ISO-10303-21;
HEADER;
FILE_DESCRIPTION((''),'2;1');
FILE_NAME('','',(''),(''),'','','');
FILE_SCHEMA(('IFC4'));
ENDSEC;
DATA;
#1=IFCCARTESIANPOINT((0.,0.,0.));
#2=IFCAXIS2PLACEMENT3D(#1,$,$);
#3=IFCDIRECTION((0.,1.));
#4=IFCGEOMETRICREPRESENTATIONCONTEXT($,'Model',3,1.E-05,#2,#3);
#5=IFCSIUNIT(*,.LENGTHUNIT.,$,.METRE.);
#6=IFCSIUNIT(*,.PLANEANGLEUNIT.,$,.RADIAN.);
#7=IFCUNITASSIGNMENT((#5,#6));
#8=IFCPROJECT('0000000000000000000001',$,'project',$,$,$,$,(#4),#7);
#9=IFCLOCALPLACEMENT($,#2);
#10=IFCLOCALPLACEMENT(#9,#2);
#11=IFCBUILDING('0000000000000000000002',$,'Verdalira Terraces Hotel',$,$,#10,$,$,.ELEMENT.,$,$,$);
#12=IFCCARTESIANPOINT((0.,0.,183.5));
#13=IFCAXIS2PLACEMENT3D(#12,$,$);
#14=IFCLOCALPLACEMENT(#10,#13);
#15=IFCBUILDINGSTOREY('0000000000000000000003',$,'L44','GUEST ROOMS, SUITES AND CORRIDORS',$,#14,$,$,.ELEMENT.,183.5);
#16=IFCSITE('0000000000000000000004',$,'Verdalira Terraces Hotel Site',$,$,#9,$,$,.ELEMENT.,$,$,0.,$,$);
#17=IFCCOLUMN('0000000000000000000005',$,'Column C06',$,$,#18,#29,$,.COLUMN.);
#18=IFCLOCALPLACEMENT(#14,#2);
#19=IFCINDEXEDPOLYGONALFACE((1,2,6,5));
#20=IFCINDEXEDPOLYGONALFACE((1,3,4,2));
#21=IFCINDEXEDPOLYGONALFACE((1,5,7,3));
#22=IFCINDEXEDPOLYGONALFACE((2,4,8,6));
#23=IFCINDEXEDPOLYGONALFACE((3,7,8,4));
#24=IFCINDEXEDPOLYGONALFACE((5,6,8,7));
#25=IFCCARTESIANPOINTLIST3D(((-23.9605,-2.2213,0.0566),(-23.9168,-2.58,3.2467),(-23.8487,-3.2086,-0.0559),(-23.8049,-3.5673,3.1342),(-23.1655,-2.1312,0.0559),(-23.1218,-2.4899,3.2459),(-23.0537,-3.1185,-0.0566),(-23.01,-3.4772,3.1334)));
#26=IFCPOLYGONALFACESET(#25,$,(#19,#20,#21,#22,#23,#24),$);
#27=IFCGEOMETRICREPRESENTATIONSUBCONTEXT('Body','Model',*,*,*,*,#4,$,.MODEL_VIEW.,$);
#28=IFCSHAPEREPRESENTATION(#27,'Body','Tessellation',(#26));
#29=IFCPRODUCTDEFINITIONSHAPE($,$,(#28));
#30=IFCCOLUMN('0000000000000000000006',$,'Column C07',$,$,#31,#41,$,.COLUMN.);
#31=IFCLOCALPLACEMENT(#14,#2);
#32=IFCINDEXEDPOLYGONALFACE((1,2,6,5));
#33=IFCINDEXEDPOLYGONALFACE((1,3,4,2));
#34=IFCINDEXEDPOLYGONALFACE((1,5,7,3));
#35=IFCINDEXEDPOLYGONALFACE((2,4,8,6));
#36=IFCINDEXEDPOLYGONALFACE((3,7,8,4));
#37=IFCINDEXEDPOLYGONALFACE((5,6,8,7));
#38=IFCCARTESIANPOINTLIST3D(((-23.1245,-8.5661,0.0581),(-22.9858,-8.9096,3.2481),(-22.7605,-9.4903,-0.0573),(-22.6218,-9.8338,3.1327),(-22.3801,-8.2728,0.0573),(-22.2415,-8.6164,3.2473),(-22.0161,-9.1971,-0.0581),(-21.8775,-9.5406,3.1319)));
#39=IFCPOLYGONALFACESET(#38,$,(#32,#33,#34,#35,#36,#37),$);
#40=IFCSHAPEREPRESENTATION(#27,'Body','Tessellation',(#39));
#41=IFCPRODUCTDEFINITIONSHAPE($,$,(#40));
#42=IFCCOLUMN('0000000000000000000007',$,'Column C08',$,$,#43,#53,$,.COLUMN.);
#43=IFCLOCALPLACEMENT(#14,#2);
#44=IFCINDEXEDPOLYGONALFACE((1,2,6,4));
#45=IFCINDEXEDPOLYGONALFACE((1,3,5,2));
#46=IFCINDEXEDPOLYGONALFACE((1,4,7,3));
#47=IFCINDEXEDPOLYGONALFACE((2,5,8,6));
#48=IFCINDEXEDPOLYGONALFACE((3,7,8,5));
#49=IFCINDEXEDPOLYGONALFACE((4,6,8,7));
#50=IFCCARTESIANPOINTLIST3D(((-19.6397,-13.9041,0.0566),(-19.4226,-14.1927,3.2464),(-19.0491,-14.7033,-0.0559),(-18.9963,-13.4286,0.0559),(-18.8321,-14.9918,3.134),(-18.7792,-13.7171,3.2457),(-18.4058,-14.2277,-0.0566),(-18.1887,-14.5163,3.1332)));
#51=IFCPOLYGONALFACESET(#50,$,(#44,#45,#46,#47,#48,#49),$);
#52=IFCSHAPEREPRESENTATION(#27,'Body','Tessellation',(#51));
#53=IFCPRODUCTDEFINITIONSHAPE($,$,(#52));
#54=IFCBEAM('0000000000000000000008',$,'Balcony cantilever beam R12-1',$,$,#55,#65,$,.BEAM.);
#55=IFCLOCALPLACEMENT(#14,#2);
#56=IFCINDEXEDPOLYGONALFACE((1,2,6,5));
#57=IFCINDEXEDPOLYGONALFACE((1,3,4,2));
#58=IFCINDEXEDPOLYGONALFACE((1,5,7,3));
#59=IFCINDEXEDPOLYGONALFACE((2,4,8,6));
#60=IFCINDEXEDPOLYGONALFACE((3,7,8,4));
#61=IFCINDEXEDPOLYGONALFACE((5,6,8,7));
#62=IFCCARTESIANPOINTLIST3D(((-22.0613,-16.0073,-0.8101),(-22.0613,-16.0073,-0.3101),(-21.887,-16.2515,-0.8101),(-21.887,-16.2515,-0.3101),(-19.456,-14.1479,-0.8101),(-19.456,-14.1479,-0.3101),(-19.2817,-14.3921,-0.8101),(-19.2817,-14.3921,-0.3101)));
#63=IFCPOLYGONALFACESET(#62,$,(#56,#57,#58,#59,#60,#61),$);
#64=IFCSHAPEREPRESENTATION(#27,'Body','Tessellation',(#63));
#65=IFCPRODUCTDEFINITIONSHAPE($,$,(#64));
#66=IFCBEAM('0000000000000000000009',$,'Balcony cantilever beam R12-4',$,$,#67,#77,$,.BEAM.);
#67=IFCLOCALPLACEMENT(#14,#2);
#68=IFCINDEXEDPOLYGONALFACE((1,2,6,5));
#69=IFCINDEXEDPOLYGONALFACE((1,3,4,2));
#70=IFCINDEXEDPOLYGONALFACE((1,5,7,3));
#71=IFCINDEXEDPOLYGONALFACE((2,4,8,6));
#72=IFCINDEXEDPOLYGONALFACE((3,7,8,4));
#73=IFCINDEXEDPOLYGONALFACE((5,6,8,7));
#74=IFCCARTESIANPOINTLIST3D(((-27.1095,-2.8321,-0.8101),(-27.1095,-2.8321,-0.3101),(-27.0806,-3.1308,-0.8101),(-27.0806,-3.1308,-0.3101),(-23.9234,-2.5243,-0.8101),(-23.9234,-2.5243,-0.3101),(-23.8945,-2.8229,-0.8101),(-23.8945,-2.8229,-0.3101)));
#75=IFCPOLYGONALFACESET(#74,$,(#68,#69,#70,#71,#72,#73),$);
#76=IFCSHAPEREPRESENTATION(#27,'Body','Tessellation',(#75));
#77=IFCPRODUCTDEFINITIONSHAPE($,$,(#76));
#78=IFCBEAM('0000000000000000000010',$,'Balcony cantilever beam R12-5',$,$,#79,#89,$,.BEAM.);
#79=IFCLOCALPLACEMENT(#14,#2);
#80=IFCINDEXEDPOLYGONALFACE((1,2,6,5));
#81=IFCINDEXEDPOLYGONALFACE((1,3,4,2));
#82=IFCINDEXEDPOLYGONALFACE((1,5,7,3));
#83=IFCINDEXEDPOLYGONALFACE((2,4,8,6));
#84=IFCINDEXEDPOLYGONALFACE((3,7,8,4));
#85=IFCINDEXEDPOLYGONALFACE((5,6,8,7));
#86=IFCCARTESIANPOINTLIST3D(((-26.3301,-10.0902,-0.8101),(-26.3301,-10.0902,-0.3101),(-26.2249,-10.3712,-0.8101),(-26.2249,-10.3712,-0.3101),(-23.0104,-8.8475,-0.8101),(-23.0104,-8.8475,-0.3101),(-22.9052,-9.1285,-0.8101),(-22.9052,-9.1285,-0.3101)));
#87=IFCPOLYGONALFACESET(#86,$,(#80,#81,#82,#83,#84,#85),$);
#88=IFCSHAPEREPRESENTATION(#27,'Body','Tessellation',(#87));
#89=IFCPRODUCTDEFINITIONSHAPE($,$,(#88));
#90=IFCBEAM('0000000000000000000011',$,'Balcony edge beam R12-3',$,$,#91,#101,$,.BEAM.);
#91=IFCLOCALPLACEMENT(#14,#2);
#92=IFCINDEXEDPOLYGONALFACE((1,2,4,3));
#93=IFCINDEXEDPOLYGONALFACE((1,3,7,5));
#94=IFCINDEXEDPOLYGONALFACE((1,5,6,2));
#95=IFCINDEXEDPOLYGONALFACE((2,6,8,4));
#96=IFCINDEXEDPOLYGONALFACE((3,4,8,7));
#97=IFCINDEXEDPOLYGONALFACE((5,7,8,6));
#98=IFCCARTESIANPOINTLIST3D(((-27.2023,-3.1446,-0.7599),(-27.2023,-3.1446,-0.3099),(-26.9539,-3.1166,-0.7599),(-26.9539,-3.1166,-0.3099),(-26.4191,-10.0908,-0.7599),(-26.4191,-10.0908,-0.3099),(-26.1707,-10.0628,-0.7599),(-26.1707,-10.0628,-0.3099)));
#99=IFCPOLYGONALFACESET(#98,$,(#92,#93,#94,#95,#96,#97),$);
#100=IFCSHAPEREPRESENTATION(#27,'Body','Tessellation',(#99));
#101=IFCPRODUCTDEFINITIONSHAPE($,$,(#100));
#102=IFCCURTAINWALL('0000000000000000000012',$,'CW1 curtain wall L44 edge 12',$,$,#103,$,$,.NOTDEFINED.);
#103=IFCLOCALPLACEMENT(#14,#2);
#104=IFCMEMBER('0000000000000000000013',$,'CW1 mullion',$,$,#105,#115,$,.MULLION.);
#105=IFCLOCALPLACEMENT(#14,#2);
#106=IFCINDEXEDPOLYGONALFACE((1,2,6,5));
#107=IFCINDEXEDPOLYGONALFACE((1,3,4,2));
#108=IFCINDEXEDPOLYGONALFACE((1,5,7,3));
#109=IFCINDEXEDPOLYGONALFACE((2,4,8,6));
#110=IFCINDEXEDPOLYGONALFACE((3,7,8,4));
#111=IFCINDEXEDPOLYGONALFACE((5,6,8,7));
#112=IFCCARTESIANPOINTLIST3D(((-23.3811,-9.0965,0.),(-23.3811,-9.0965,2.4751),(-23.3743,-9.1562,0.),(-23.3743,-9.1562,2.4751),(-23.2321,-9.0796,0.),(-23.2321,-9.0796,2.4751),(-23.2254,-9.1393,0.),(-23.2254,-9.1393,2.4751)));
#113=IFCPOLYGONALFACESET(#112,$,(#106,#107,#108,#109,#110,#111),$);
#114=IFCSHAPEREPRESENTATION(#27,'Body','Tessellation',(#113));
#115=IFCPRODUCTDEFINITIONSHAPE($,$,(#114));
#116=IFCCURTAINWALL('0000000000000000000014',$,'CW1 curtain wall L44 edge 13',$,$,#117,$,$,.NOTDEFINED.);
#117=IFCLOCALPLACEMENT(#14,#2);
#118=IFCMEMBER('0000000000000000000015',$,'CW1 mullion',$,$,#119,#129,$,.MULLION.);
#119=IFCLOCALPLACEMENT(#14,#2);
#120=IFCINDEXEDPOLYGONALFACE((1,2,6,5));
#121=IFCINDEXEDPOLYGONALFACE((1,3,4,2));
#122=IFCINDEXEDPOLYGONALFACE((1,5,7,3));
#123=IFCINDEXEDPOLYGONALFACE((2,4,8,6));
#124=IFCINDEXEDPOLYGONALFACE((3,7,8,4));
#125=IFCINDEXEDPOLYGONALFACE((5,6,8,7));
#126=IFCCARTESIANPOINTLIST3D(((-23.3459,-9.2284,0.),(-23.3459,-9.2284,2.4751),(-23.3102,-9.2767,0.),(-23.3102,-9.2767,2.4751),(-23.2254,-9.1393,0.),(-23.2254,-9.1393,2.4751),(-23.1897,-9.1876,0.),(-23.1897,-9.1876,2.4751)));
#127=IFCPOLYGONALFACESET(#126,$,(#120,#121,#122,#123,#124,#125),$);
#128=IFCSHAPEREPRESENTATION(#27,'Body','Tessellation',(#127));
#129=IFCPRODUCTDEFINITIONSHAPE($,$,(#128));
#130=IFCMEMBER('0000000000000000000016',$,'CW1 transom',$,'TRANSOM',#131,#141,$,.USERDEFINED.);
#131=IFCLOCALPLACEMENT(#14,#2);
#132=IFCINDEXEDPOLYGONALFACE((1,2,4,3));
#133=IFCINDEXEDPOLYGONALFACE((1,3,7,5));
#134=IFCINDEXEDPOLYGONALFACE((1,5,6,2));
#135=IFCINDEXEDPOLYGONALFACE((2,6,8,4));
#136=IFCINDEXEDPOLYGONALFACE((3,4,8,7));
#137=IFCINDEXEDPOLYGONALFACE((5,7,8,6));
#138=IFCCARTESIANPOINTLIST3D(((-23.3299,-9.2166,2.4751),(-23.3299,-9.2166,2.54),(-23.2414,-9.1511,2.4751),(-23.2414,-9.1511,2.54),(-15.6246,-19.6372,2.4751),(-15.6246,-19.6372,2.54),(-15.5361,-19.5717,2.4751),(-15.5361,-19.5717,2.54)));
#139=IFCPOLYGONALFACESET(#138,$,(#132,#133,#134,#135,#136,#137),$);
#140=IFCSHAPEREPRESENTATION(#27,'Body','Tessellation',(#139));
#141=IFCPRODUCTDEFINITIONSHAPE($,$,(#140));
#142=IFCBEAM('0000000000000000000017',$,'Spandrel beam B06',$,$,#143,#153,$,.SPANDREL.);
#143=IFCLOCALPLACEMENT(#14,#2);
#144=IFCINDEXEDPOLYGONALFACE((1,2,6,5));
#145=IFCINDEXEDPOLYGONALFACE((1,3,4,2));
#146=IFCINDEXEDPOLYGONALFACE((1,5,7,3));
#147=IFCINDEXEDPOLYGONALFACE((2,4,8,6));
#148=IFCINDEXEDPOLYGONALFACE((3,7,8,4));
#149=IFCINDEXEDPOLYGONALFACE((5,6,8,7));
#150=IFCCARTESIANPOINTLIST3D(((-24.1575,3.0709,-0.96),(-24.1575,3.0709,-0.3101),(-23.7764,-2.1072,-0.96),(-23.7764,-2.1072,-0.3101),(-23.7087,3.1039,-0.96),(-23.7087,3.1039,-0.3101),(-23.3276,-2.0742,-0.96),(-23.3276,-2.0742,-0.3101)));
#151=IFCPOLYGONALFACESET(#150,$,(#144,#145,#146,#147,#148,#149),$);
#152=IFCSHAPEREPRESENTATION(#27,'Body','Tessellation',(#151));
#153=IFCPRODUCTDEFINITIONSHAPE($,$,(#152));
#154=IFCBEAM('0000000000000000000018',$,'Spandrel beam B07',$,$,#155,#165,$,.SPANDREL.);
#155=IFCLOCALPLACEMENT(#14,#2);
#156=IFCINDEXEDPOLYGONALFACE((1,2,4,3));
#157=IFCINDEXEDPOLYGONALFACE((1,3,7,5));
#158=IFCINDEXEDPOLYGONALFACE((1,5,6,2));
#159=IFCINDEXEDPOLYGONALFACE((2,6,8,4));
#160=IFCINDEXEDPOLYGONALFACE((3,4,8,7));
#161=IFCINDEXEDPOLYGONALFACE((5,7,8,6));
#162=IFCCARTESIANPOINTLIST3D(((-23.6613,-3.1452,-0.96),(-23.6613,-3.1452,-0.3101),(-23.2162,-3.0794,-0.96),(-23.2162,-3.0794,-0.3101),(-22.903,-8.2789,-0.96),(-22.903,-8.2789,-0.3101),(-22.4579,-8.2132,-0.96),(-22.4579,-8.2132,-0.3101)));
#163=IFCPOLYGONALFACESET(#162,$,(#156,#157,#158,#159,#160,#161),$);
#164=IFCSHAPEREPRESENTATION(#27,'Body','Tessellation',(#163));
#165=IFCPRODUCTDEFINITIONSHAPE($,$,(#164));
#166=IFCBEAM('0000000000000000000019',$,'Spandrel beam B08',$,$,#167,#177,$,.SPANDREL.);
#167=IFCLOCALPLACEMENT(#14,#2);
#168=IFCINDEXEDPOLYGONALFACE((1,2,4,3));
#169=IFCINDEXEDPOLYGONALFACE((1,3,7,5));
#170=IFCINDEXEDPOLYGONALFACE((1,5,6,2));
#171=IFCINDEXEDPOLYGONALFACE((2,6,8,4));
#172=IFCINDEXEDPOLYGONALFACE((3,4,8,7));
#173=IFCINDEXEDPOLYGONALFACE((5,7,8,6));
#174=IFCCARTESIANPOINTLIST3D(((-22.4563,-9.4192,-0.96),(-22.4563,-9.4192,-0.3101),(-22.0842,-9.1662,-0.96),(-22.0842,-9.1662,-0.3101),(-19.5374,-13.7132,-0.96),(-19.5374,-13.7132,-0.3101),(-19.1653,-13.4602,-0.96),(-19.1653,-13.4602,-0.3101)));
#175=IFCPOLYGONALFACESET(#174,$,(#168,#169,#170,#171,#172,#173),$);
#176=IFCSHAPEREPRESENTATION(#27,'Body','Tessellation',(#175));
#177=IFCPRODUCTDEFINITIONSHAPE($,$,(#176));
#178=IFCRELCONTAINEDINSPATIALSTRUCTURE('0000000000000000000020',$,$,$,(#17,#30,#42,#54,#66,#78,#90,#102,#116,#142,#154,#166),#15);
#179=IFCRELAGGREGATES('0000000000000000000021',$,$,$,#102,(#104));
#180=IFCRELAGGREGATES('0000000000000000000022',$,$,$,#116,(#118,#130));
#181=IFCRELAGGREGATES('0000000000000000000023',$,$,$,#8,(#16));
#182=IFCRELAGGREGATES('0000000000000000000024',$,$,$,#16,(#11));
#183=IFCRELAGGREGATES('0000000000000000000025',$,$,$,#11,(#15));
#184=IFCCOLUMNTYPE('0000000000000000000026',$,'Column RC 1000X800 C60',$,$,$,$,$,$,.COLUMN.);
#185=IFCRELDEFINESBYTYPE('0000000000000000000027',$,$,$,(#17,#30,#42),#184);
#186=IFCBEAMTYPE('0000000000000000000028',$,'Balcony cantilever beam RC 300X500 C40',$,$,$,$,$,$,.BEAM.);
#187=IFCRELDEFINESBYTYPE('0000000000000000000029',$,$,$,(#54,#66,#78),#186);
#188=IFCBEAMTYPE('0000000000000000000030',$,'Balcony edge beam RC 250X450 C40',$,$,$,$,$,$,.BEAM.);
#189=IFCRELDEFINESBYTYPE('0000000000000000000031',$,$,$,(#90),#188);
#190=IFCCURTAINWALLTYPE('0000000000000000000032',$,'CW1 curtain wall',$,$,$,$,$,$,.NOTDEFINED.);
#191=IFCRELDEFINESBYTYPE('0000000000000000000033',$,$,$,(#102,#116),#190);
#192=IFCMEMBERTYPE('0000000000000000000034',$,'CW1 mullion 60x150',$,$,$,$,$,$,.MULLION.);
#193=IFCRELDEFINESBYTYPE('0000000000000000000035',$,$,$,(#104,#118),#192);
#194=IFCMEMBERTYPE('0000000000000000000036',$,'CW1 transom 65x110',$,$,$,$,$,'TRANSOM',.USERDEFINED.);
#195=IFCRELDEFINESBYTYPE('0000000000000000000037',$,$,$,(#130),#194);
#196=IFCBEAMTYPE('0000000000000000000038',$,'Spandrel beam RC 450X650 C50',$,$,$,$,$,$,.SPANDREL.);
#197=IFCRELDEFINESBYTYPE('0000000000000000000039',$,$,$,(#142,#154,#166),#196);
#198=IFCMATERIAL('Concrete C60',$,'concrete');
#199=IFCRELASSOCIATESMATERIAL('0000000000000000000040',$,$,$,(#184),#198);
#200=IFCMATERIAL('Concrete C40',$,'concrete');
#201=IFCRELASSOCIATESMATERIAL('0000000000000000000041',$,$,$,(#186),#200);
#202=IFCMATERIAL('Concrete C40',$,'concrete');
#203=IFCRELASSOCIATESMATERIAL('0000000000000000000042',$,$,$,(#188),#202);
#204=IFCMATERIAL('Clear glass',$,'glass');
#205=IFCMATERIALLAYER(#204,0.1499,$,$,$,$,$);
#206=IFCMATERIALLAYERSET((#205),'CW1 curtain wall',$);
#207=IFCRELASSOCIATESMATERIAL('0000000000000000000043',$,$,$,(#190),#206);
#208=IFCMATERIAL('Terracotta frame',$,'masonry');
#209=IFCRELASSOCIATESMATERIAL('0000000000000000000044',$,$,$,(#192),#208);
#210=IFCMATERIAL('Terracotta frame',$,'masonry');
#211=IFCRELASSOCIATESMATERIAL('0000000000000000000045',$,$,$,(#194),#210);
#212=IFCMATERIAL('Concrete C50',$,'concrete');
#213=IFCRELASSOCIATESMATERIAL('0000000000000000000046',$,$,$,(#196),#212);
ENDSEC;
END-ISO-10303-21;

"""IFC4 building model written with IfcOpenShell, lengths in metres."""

from ifc_helpers import new_model, si_unit, direction, frame, origin, origin_2d, place, context, subcontext, project, spatial, rectangle, extrude, material, layer, layer_set, material_profile, profile_set, type_object, element, aggregate, save


model = new_model("IFC4")

# Units and contexts
model_context = context("Model", 3, precision=1e-05, world=origin(), true_north=direction((0.0, 1.0)))
body_context = subcontext(model_context, "Body", "Model", "MODEL_VIEW")
ifc_project = project(units=[si_unit("LENGTHUNIT", "METRE"), si_unit("PLANEANGLEUNIT", "RADIAN")], contexts=[model_context])

# Site, building, storey
site_placement = place(None, origin())
site = spatial("IfcSite", under=ifc_project, at=site_placement, Name="Verdalira Terraces Hotel Site", CompositionType="ELEMENT", RefElevation=0.0)
building_placement = place(site_placement, origin())
building = spatial("IfcBuilding", under=site, at=building_placement, Name="Verdalira Terraces Hotel", CompositionType="ELEMENT")
storey_placement = place(building_placement, frame((0.0, 0.0, 183.5)))
storey = spatial("IfcBuildingStorey", under=building, at=storey_placement, Name="L44", Description="GUEST ROOMS, SUITES AND CORRIDORS", CompositionType="ELEMENT", Elevation=183.5)

# Columns
ifc_material_1 = material(Name="Concrete C60", Category="concrete")
ifc_material_profile_1 = material_profile(ifc_material_1, rectangle(XDim=1.0, YDim=0.8, at=origin_2d()), Name="RC 1000X800")
ifc_profile_set_1 = profile_set([ifc_material_profile_1], Name="Concrete C60")
column_type = type_object("IfcColumnType", Name="Column RC 1000X800 C60", PredefinedType="COLUMN", material=ifc_profile_set_1)
column_1_placement = place(storey_placement, frame((-23.5071, -2.6699, 0.0), z_axis=(0.013613, -0.111715, 0.993647), x_axis=(0.111815, -0.987336, -0.112537)))
element("IfcColumn", 1, at=column_1_placement, inside=storey, type_object=column_type, Name="Column C06", PredefinedType="COLUMN", context=body_context, shape_type="SweptSolid", body=[
    extrude(rectangle(XDim=1.0, YDim=0.8, at=origin_2d()), origin(), (0.0, 0.0, 1.0), 3.2104),
])
column_2_placement = place(storey_placement, frame((-22.5703, -8.8816, 0.0), z_axis=(0.043181, -0.106965, 0.993325), x_axis=(-0.364011, 0.924224, 0.115348)))
element("IfcColumn", 2, at=column_2_placement, inside=storey, type_object=column_type, Name="Column C07", PredefinedType="COLUMN", context=body_context, shape_type="SweptSolid", body=[
    extrude(rectangle(XDim=1.0, YDim=0.8, at=origin_2d()), origin(), (0.0, 0.0, 1.0), 3.2114),
])
column_3_placement = place(storey_placement, frame((-19.0227, -14.0659, 0.0), z_axis=(0.067607, -0.08989, 0.993654), x_axis=(0.590507, -0.799156, -0.112472)))
element("IfcColumn", 3, at=column_3_placement, inside=storey, type_object=column_type, Name="Column C08", PredefinedType="COLUMN", context=body_context, shape_type="SweptSolid", body=[
    extrude(rectangle(XDim=1.0, YDim=0.8, at=origin_2d()), origin(), (0.0, 0.0, 1.0), 3.2102),
])

# Beams
ifc_material_2 = material(Name="Concrete C40", Category="concrete")
ifc_material_profile_2 = material_profile(ifc_material_2, rectangle(XDim=0.3, YDim=0.5, at=origin_2d()), Name="RC 300X500")
ifc_profile_set_2 = profile_set([ifc_material_profile_2], Name="Concrete C40")
beam_type_1 = type_object("IfcBeamType", Name="Balcony cantilever beam RC 300X500 C40", PredefinedType="BEAM", material=ifc_profile_set_2)
beam_1_placement = place(storey_placement, frame((-19.3689, -14.27, -0.5601), z_axis=(-0.813955, -0.580928, 0.0), x_axis=(0.580928, -0.813955, 0.0)))
element("IfcBeam", 4, at=beam_1_placement, inside=storey, type_object=beam_type_1, Name="Balcony cantilever beam R12-1", PredefinedType="BEAM", context=body_context, shape_type="SweptSolid", body=[
    extrude(rectangle(XDim=0.3, YDim=0.5, at=origin_2d()), origin(), (0.0, 0.0, 1.0), 3.2007),
])
beam_2_placement = place(storey_placement, frame((-23.9089, -2.6736, -0.5601), z_axis=(-0.995364, -0.09618, 0.0), x_axis=(0.09618, -0.995364, 0.0)))
element("IfcBeam", 5, at=beam_2_placement, inside=storey, type_object=beam_type_1, Name="Balcony cantilever beam R12-4", PredefinedType="BEAM", context=body_context, shape_type="SweptSolid", body=[
    extrude(rectangle(XDim=0.3, YDim=0.5, at=origin_2d()), origin(), (0.0, 0.0, 1.0), 3.2009),
])
beam_3_placement = place(storey_placement, frame((-22.9578, -8.988, -0.5601), z_axis=(-0.936538, -0.350565, 0.0), x_axis=(0.350565, -0.936538, 0.0)))
element("IfcBeam", 6, at=beam_3_placement, inside=storey, type_object=beam_type_1, Name="Balcony cantilever beam R12-5", PredefinedType="BEAM", context=body_context, shape_type="SweptSolid", body=[
    extrude(rectangle(XDim=0.3, YDim=0.5, at=origin_2d()), origin(), (0.0, 0.0, 1.0), 3.5447),
])
ifc_material_3 = material(Name="Concrete C40", Category="concrete")
ifc_material_profile_3 = material_profile(ifc_material_3, rectangle(XDim=0.25, YDim=0.45, at=origin_2d()), Name="RC 250X450")
ifc_profile_set_3 = profile_set([ifc_material_profile_3], Name="Concrete C40")
beam_type_2 = type_object("IfcBeamType", Name="Balcony edge beam RC 250X450 C40", PredefinedType="BEAM", material=ifc_profile_set_3)
beam_4_placement = place(storey_placement, frame((-27.0781, -3.1306, -0.5349), z_axis=(0.112041, -0.993704, 0.0), x_axis=(0.993704, 0.112041, 0.0)))
element("IfcBeam", 7, at=beam_4_placement, inside=storey, type_object=beam_type_2, Name="Balcony edge beam R12-3", PredefinedType="BEAM", context=body_context, shape_type="SweptSolid", body=[
    extrude(rectangle(XDim=0.25, YDim=0.45, at=origin_2d()), origin(), (0.0, 0.0, 1.0), 6.9902),
])

# Curtain wall, member
ifc_material_4 = material(Name="Clear glass", Category="glass")
ifc_layer_1 = layer(ifc_material_4, 0.1499)
ifc_layer_set_1 = layer_set([ifc_layer_1], Name="CW1 curtain wall")
curtain_wall_type = type_object("IfcCurtainWallType", Name="CW1 curtain wall", PredefinedType="NOTDEFINED", material=ifc_layer_set_1)
curtain_wall_1_placement = place(storey_placement, origin())
curtain_wall_1 = element("IfcCurtainWall", 8, at=curtain_wall_1_placement, inside=storey, type_object=curtain_wall_type, Name="CW1 curtain wall L44 edge 12", PredefinedType="NOTDEFINED")
ifc_material_5 = material(Name="Terracotta frame", Category="masonry")
ifc_material_profile_4 = material_profile(ifc_material_5, rectangle(XDim=0.0601, YDim=0.1499, at=origin_2d()), Name="MU 60x150")
ifc_profile_set_4 = profile_set([ifc_material_profile_4], Name="Terracotta frame")
member_type_1 = type_object("IfcMemberType", Name="CW1 mullion 60x150", PredefinedType="MULLION", material=ifc_profile_set_4)
member_1_placement = place(storey_placement, frame((-23.3032, -9.1179, 0.0), z_axis=(0.0, 0.0, 1.0), x_axis=(0.112856, -0.993611, 0.0)))
member_1 = element("IfcMember", 9, at=member_1_placement, type_object=member_type_1, Name="CW1 mullion", PredefinedType="MULLION", context=body_context, shape_type="SweptSolid", body=[
    extrude(rectangle(XDim=0.0601, YDim=0.1499, at=origin_2d()), origin(), (0.0, 0.0, 1.0), 2.4751),
])

# Curtain wall, members
curtain_wall_2_placement = place(storey_placement, origin())
curtain_wall_2 = element("IfcCurtainWall", 10, at=curtain_wall_2_placement, inside=storey, type_object=curtain_wall_type, Name="CW1 curtain wall L44 edge 13", PredefinedType="NOTDEFINED")
member_2_placement = place(storey_placement, frame((-23.2678, -9.208, 0.0), z_axis=(0.0, 0.0, 1.0), x_axis=(0.594542, -0.804064, 0.0)))
member_2 = element("IfcMember", 11, at=member_2_placement, type_object=member_type_1, Name="CW1 mullion", PredefinedType="MULLION", context=body_context, shape_type="SweptSolid", body=[
    extrude(rectangle(XDim=0.0601, YDim=0.1499, at=origin_2d()), origin(), (0.0, 0.0, 1.0), 2.4751),
])
ifc_material_6 = material(Name="Terracotta frame", Category="masonry")
ifc_material_profile_5 = material_profile(ifc_material_6, rectangle(XDim=0.1101, YDim=0.0649, at=origin_2d()), Name="TR 65x110")
ifc_profile_set_5 = profile_set([ifc_material_profile_5], Name="Terracotta frame")
member_type_2 = type_object("IfcMemberType", Name="CW1 transom 65x110", ElementType="TRANSOM", PredefinedType="USERDEFINED", material=ifc_profile_set_5)
member_3_placement = place(storey_placement, frame((-23.2856, -9.1838, 2.5076), z_axis=(0.594546, -0.804062, 0.0), x_axis=(0.804062, 0.594546, 0.0)))
member_3 = element("IfcMember", 12, at=member_3_placement, type_object=member_type_2, Name="CW1 transom", ObjectType="TRANSOM", PredefinedType="USERDEFINED", context=body_context, shape_type="SweptSolid", body=[
    extrude(rectangle(XDim=0.1101, YDim=0.0649, at=origin_2d()), origin(), (0.0, 0.0, 1.0), 12.96),
])

# Beams
ifc_material_7 = material(Name="Concrete C50", Category="concrete")
ifc_material_profile_6 = material_profile(ifc_material_7, rectangle(XDim=0.45, YDim=0.6499, at=origin_2d()), Name="RC 450X650")
ifc_profile_set_6 = profile_set([ifc_material_profile_6], Name="Concrete C50")
beam_type_3 = type_object("IfcBeamType", Name="Spandrel beam RC 450X650 C50", PredefinedType="SPANDREL", material=ifc_profile_set_6)
beam_5_placement = place(storey_placement, frame((-23.9331, 3.0874, -0.635), z_axis=(0.073399, -0.997303, 0.0), x_axis=(0.997303, 0.073399, 0.0)))
element("IfcBeam", 13, at=beam_5_placement, inside=storey, type_object=beam_type_3, Name="Spandrel beam B06", PredefinedType="SPANDREL", context=body_context, shape_type="SweptSolid", body=[
    extrude(rectangle(XDim=0.45, YDim=0.6499, at=origin_2d()), origin(), (0.0, 0.0, 1.0), 5.1921),
])
beam_6_placement = place(storey_placement, frame((-23.4387, -3.1123, -0.635), z_axis=(0.146122, -0.989267, 0.0), x_axis=(0.989267, 0.146122, 0.0)))
element("IfcBeam", 14, at=beam_6_placement, inside=storey, type_object=beam_type_3, Name="Spandrel beam B07", PredefinedType="SPANDREL", context=body_context, shape_type="SweptSolid", body=[
    extrude(rectangle(XDim=0.45, YDim=0.6499, at=origin_2d()), origin(), (0.0, 0.0, 1.0), 5.1895),
])
beam_7_placement = place(storey_placement, frame((-22.2703, -9.2927, -0.635), z_axis=(0.562187, -0.82701, 0.0), x_axis=(0.82701, 0.562187, 0.0)))
element("IfcBeam", 15, at=beam_7_placement, inside=storey, type_object=beam_type_3, Name="Spandrel beam B08", PredefinedType="SPANDREL", context=body_context, shape_type="SweptSolid", body=[
    extrude(rectangle(XDim=0.45, YDim=0.6499, at=origin_2d()), origin(), (0.0, 0.0, 1.0), 5.1921),
])

aggregate(curtain_wall_1, [member_1])
aggregate(curtain_wall_2, [member_2, member_3])

save(model, "model.ifc")
